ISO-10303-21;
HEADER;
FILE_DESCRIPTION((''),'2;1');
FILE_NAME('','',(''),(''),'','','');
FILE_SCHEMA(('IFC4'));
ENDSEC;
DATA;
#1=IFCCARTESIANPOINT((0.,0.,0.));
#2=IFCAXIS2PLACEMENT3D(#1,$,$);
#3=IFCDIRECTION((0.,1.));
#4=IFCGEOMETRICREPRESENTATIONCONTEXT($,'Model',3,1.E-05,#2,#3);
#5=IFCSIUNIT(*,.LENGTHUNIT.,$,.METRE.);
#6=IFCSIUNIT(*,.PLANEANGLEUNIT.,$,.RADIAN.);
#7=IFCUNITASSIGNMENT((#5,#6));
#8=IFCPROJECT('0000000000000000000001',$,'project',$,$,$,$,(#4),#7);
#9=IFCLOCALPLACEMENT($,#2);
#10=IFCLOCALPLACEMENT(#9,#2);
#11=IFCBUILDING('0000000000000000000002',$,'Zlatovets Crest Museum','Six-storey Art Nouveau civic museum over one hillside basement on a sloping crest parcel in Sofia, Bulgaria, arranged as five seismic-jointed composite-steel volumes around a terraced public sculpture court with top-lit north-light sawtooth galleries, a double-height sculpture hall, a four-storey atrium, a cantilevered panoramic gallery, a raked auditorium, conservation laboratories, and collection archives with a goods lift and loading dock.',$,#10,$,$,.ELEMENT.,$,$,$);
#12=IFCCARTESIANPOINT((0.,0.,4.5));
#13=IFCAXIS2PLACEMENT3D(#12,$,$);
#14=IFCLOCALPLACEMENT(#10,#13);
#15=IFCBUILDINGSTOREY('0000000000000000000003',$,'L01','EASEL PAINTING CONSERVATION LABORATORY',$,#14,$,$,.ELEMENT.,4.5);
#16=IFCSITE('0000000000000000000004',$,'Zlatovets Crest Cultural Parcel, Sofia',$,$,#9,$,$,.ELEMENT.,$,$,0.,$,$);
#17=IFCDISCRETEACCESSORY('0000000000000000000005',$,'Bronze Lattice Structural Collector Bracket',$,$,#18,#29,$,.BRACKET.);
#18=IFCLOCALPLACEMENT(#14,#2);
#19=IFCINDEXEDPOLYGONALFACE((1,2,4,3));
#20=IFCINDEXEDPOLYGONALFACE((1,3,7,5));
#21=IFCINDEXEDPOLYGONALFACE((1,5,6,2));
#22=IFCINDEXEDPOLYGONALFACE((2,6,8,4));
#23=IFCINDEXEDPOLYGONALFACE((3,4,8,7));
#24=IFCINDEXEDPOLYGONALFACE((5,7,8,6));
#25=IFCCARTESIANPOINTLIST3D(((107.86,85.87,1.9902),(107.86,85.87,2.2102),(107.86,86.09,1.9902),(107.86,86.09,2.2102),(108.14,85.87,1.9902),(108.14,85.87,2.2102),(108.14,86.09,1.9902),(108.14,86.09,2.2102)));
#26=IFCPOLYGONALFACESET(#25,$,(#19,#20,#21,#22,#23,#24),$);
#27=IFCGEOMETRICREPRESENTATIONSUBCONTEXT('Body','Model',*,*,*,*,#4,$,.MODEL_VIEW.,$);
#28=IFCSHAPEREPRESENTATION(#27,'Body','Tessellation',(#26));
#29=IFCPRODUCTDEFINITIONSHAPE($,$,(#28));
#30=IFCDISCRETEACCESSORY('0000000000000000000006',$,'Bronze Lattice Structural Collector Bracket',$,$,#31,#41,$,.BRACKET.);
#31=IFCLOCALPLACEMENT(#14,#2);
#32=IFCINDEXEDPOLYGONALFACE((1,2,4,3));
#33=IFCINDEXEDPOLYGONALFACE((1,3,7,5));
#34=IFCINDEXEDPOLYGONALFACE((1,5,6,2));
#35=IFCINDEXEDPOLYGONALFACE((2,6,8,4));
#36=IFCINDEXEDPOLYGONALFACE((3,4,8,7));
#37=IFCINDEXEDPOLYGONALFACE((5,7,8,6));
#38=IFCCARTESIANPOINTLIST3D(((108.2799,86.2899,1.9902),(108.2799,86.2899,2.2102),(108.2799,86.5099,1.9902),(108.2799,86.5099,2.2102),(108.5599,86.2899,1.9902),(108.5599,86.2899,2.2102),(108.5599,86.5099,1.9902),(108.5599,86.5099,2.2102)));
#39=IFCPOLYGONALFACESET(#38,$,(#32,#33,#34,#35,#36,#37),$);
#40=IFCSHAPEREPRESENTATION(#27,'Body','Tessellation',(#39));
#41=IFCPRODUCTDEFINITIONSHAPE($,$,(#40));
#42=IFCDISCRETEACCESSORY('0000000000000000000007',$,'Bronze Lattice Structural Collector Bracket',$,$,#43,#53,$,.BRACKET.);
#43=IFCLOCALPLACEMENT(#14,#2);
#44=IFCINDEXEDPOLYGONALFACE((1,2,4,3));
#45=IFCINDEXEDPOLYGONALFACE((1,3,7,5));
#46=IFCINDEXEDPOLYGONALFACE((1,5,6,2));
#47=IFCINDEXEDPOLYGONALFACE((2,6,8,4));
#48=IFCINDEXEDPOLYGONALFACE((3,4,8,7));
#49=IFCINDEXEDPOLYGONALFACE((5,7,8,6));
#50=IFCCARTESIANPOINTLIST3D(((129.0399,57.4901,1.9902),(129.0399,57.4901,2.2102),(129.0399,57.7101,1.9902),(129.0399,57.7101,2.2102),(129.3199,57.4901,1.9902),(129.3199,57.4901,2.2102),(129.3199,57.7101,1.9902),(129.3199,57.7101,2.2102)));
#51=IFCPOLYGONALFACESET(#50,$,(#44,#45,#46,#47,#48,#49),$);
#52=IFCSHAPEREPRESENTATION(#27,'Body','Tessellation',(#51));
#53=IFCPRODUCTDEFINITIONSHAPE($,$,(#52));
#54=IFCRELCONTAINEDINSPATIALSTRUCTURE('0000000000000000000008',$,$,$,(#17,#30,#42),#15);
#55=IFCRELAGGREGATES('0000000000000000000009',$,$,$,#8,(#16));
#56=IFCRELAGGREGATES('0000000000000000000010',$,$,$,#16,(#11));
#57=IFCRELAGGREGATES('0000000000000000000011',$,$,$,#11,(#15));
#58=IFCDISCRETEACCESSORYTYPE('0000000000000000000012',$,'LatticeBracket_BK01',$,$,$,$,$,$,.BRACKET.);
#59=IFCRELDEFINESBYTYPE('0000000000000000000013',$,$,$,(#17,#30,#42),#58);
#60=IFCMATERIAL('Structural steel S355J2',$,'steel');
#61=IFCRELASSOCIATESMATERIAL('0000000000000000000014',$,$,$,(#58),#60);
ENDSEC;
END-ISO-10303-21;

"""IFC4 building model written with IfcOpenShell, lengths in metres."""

from ifc_helpers import new_model, si_unit, direction, frame, origin, origin_2d, place, context, subcontext, project, spatial, rectangle, extrude, material, type_object, element, save


model = new_model("IFC4")

# Units and contexts
model_context = context("Model", 3, precision=1e-05, world=origin(), true_north=direction((0.0, 1.0)))
body_context = subcontext(model_context, "Body", "Model", "MODEL_VIEW")
ifc_project = project(units=[si_unit("LENGTHUNIT", "METRE"), si_unit("PLANEANGLEUNIT", "RADIAN")], contexts=[model_context])

# Site, building, storey
site_placement = place(None, origin())
site = spatial("IfcSite", under=ifc_project, at=site_placement, Name="Zlatovets Crest Cultural Parcel, Sofia", CompositionType="ELEMENT", RefElevation=0.0)
building_placement = place(site_placement, origin())
building = spatial("IfcBuilding", under=site, at=building_placement, Name="Zlatovets Crest Museum", Description="Six-storey Art Nouveau civic museum over one hillside basement on a sloping crest parcel in Sofia, Bulgaria, arranged as five seismic-jointed composite-steel volumes around a terraced public sculpture court with top-lit north-light sawtooth galleries, a double-height sculpture hall, a four-storey atrium, a cantilevered panoramic gallery, a raked auditorium, conservation laboratories, and collection archives with a goods lift and loading dock.", CompositionType="ELEMENT")
storey_placement = place(building_placement, frame((0.0, 0.0, 4.5)))
storey = spatial("IfcBuildingStorey", under=building, at=storey_placement, Name="L01", Description="EASEL PAINTING CONSERVATION LABORATORY", CompositionType="ELEMENT", Elevation=4.5)

# Shared definitions
ifc_material_1 = material(Name="Structural steel S355J2", Category="steel")

# Discrete accessories
discrete_accessory_type = type_object("IfcDiscreteAccessoryType", Name="LatticeBracket_BK01", PredefinedType="BRACKET", material=ifc_material_1)
for number, where, z_axis, x_axis, name in (
    (1, (108.0, 85.98, 1.9902), (0.0, 0.0, 1.0), (1.0, 0.0, 0.0), "Bronze Lattice Structural Collector Bracket"),
    (2, (108.4199, 86.3999, 1.9902), (0.0, 0.0, 1.0), (1.0, 0.0, 0.0), "Bronze Lattice Structural Collector Bracket"),
    (3, (129.1799, 57.6001, 1.9902), (0.0, 0.0, 1.0), (1.0, 0.0, 0.0), "Bronze Lattice Structural Collector Bracket"),
):
    element("IfcDiscreteAccessory", number, at=place(storey_placement, frame(where, z_axis=z_axis, x_axis=x_axis)), inside=storey, type_object=discrete_accessory_type, Name=name, PredefinedType="BRACKET", context=body_context, shape_type="SweptSolid", body=[
        extrude(rectangle(XDim=0.28, YDim=0.22, at=origin_2d()), origin(), (0.0, 0.0, 1.0), 0.22),
    ])

save(model, "model.ifc")
